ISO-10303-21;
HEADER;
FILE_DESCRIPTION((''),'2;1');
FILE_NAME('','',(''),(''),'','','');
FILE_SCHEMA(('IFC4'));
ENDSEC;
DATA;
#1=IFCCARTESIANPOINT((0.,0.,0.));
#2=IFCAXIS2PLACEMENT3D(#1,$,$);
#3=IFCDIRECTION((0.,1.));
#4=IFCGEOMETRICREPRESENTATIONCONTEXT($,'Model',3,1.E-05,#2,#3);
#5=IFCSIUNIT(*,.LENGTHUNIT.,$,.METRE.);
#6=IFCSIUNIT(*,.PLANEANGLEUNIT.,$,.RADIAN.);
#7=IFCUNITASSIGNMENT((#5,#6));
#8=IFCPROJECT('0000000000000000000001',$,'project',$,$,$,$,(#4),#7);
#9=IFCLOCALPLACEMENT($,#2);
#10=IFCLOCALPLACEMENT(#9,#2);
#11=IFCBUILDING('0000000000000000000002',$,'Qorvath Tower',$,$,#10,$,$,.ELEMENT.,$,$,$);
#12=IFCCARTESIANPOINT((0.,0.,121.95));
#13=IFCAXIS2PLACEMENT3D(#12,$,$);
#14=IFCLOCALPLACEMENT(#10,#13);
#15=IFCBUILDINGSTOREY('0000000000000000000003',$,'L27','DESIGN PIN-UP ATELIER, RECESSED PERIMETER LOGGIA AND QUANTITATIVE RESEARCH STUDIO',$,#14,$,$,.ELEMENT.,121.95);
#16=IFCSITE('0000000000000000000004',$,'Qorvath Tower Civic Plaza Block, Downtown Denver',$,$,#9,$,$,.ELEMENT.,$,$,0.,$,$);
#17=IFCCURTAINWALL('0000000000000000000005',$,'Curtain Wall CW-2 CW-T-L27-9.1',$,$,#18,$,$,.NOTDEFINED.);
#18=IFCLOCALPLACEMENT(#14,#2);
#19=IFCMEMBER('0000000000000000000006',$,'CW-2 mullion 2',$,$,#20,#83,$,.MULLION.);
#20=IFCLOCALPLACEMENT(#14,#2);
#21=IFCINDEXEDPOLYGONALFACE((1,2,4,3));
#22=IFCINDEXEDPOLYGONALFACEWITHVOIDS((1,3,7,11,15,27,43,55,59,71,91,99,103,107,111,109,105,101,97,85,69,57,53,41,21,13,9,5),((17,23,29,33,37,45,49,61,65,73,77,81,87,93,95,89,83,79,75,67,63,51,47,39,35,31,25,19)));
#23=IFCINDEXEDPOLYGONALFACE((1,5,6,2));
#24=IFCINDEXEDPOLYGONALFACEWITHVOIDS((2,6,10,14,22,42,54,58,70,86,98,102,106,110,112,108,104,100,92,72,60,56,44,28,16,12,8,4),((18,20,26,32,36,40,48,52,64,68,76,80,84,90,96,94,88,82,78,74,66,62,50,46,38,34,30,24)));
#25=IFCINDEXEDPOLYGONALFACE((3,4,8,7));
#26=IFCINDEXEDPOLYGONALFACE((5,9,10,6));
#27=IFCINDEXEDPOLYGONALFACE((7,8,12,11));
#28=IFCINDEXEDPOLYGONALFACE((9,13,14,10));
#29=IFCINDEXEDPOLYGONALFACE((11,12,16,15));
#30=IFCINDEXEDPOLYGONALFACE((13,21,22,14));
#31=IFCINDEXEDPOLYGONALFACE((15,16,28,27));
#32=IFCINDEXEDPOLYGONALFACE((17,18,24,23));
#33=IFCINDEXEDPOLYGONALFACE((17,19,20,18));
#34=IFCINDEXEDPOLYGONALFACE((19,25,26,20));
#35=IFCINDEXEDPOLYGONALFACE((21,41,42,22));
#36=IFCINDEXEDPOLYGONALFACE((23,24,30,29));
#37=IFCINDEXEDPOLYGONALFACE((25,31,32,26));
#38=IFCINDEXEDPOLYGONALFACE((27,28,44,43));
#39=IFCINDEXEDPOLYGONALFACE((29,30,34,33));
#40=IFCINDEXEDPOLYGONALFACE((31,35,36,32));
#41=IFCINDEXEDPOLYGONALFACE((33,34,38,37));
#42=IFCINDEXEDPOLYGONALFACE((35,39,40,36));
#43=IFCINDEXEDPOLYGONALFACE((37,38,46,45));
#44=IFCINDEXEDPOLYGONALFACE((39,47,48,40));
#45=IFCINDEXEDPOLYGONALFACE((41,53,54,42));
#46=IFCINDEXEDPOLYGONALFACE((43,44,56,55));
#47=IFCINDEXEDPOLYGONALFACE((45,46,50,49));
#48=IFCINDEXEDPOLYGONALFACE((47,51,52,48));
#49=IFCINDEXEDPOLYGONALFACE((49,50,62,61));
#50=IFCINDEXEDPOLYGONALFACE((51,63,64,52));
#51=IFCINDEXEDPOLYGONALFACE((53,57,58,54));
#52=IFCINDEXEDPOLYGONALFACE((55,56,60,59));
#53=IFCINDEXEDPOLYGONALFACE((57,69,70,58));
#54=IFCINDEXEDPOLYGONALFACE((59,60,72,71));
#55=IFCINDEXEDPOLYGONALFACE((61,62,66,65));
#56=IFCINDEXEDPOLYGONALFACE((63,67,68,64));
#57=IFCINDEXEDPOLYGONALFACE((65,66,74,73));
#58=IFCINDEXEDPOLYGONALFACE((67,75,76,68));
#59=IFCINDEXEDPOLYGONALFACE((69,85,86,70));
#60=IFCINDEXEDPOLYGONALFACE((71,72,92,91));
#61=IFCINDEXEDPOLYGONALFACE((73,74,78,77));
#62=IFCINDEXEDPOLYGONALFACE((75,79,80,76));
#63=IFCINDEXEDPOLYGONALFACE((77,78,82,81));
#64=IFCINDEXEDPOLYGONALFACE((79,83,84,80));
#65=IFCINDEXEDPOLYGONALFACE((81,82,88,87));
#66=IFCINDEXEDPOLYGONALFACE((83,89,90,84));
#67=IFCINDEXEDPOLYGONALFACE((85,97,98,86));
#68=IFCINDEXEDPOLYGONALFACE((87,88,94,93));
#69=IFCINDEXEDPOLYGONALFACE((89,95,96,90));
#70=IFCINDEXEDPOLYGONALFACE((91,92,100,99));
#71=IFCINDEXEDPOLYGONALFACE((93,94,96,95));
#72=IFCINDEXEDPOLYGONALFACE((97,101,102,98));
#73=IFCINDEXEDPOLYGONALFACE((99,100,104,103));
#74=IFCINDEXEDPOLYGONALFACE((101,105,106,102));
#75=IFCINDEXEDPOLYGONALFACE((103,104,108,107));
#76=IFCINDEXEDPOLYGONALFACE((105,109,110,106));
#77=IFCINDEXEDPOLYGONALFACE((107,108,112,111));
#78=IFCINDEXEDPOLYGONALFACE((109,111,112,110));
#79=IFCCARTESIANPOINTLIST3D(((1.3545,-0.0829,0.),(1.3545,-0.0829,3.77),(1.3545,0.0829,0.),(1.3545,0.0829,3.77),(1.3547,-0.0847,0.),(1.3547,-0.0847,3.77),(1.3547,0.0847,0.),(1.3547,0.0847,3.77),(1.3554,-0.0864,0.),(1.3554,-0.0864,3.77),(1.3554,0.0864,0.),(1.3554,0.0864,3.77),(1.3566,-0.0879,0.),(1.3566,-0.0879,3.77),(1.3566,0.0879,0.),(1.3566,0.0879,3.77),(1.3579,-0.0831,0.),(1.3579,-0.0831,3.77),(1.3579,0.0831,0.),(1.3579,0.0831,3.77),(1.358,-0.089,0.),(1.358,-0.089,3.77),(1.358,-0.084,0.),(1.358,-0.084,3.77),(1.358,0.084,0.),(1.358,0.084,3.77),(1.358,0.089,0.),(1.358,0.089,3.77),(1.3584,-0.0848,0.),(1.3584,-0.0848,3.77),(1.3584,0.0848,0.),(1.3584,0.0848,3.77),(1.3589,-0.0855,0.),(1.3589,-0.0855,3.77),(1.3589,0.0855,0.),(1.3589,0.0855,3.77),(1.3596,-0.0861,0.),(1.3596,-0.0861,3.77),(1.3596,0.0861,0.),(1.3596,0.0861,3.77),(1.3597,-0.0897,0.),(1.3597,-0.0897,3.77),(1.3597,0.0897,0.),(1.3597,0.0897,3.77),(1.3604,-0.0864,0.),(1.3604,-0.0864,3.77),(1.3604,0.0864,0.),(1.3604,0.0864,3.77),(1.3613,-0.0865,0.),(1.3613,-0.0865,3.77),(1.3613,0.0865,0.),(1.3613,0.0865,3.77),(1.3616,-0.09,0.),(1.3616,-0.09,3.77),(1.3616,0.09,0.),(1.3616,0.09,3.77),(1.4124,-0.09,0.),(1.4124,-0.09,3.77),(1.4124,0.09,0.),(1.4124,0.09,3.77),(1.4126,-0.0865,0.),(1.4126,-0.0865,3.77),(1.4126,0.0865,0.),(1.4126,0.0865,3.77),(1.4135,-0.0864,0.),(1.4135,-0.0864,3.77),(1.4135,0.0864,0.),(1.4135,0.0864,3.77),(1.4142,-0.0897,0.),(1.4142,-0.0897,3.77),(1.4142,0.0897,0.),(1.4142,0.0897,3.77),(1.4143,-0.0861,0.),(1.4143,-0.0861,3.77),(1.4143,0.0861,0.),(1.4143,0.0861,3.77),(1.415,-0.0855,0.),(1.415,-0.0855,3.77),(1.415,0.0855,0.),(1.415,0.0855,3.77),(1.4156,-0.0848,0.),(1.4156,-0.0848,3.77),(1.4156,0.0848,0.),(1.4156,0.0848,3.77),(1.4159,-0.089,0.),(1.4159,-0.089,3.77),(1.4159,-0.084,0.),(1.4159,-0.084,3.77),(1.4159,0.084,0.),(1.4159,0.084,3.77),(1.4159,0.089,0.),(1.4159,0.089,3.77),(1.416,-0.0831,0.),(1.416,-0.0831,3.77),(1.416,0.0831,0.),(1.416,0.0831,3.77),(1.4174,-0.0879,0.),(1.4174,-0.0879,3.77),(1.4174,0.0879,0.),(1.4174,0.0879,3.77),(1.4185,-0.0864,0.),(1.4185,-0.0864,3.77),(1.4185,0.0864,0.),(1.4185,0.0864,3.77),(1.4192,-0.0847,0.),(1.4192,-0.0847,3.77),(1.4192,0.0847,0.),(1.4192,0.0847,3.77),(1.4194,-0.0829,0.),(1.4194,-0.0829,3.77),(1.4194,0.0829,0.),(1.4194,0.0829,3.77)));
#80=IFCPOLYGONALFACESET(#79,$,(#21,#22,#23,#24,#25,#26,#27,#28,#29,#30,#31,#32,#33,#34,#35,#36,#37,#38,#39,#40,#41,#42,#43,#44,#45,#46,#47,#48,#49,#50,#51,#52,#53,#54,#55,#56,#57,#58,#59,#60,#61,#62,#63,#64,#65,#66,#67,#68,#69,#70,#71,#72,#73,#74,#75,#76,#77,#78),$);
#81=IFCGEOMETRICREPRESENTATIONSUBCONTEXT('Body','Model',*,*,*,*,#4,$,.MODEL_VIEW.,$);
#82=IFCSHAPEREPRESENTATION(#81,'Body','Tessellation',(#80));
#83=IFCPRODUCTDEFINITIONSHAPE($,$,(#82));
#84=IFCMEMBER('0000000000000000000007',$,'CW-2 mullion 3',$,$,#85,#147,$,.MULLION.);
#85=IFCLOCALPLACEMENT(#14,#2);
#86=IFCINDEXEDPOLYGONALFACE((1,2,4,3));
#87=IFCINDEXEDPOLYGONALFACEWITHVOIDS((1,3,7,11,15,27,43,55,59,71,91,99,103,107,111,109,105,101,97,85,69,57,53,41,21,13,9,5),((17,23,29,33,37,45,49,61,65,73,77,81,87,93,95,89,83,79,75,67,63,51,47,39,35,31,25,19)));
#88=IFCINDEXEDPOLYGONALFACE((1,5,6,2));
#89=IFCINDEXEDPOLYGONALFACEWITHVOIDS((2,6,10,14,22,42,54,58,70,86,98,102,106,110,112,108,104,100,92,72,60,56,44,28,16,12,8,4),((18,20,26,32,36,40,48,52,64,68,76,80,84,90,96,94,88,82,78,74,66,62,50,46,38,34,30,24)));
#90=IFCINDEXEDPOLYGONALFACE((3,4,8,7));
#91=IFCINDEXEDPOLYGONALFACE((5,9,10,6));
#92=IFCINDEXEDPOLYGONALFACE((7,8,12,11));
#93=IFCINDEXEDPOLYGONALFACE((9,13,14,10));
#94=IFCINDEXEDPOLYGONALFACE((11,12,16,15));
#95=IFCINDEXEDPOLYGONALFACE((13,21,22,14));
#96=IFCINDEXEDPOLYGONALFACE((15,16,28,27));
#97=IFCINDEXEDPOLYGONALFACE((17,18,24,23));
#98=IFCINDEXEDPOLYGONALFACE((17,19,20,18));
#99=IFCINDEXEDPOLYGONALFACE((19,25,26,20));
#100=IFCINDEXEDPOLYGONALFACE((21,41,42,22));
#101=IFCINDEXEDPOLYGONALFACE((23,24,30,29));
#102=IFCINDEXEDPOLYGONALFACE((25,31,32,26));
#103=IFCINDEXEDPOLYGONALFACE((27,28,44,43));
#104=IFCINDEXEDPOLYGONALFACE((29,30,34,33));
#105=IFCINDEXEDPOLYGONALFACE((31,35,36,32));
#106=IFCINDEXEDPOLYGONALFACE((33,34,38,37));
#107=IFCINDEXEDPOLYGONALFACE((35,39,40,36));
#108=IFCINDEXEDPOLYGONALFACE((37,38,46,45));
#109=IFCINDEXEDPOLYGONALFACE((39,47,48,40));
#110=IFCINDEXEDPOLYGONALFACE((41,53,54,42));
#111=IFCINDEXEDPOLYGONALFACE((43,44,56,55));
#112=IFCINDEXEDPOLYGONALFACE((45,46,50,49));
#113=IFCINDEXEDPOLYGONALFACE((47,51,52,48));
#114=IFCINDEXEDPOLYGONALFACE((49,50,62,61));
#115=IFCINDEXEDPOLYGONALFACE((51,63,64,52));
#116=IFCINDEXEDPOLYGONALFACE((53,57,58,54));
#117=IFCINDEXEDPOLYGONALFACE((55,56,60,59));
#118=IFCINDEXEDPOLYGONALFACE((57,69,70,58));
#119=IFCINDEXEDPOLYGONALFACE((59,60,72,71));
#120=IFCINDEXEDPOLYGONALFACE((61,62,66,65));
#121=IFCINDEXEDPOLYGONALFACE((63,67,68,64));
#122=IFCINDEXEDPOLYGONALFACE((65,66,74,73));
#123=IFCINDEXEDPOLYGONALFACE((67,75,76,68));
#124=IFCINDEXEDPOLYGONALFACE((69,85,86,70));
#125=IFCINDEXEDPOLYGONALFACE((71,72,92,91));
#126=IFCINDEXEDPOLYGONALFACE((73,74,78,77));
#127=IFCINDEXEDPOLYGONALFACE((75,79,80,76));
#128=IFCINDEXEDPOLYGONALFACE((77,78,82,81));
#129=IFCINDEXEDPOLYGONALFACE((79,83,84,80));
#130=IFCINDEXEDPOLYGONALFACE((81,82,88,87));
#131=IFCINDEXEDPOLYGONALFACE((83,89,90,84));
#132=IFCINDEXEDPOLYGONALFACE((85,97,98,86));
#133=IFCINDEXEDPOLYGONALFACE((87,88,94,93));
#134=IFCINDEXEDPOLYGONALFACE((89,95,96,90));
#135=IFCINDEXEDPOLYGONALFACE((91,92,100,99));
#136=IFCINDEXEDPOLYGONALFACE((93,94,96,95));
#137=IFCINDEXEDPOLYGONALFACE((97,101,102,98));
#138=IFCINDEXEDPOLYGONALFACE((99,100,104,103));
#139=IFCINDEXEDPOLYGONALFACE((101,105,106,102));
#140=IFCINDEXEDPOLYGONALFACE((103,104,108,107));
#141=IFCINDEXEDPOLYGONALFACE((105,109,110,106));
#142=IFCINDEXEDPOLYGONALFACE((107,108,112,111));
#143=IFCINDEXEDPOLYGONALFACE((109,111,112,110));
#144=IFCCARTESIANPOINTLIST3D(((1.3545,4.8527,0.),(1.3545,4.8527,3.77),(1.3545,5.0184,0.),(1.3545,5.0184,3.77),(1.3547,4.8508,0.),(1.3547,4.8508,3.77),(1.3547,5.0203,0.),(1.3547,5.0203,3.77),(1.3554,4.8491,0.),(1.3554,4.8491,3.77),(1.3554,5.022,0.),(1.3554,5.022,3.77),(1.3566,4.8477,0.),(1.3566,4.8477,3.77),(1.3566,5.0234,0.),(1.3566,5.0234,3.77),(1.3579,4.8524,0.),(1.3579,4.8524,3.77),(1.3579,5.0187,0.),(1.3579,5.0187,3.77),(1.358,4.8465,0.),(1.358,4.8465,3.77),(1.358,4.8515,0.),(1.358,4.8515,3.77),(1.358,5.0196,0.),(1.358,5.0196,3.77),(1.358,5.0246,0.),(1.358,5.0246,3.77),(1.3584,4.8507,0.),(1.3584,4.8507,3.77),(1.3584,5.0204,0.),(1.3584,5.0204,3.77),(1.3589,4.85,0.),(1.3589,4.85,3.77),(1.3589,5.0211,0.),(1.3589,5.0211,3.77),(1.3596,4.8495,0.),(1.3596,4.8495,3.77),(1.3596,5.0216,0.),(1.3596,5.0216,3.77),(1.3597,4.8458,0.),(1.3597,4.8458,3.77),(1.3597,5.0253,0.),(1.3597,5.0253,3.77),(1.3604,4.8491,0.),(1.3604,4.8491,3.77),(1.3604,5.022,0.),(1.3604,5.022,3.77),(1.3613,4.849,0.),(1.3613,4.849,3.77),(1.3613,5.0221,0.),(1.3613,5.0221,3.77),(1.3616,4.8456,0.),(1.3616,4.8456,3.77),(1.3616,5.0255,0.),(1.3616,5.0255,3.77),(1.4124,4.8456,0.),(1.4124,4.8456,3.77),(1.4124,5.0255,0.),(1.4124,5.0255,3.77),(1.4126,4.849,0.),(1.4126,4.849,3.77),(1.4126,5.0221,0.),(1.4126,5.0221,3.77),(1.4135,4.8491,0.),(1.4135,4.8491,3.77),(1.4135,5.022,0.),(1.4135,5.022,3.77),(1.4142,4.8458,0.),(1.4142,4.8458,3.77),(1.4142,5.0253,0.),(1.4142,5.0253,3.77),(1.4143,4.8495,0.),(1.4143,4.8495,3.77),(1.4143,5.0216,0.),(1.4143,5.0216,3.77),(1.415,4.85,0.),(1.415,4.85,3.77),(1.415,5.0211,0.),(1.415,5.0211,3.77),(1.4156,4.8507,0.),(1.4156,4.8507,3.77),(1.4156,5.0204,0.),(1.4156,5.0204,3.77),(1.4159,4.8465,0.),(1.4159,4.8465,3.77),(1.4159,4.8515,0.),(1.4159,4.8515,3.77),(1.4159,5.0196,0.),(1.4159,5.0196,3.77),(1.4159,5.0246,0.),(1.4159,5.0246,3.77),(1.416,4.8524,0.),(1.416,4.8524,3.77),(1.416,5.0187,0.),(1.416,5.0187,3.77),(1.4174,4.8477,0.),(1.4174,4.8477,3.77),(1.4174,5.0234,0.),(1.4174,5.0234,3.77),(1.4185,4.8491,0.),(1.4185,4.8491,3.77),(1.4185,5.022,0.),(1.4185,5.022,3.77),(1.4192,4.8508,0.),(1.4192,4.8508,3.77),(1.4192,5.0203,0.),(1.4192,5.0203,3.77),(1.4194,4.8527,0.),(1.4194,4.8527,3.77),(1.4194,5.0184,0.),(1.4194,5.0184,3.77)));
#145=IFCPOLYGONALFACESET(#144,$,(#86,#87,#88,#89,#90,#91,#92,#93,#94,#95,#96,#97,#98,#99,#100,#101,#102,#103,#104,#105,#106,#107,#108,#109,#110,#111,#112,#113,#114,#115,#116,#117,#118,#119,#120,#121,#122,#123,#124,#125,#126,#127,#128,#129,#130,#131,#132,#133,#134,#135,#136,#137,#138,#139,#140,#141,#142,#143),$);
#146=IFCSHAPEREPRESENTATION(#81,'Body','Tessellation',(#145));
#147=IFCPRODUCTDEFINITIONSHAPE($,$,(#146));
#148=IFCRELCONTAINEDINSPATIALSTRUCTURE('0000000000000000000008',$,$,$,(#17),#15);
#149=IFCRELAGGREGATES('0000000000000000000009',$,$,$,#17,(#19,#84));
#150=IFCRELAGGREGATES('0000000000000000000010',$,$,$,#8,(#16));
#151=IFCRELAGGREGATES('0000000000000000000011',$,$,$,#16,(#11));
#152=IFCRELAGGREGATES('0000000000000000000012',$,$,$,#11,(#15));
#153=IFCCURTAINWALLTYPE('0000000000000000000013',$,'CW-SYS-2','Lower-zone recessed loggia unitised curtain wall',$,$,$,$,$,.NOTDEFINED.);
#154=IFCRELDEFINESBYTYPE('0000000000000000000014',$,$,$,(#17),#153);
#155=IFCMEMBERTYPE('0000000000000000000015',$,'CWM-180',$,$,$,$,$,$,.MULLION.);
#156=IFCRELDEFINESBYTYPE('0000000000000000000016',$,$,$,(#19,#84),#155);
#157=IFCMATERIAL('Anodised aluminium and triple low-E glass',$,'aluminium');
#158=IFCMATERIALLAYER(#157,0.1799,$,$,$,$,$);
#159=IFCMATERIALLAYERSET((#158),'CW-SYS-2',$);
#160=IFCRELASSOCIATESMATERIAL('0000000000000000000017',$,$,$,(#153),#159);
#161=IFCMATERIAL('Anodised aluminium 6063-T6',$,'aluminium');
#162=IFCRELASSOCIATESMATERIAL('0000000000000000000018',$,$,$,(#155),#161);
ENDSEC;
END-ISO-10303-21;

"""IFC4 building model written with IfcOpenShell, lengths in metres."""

from ifc_helpers import new_model, si_unit, direction, frame, origin, origin_2d, place, context, subcontext, project, spatial, hollow_rectangle, extrude, material, layer, layer_set, material_profile, profile_set, type_object, element, aggregate, save


model = new_model("IFC4")

# Units and contexts
model_context = context("Model", 3, precision=1e-05, world=origin(), true_north=direction((0.0, 1.0)))
body_context = subcontext(model_context, "Body", "Model", "MODEL_VIEW")
ifc_project = project(units=[si_unit("LENGTHUNIT", "METRE"), si_unit("PLANEANGLEUNIT", "RADIAN")], contexts=[model_context])

# Site, building, storey
site_placement = place(None, origin())
site = spatial("IfcSite", under=ifc_project, at=site_placement, Name="Qorvath Tower Civic Plaza Block, Downtown Denver", CompositionType="ELEMENT", RefElevation=0.0)
building_placement = place(site_placement, origin())
building = spatial("IfcBuilding", under=site, at=building_placement, Name="Qorvath Tower", CompositionType="ELEMENT")
storey_placement = place(building_placement, frame((0.0, 0.0, 121.95)))
storey = spatial("IfcBuildingStorey", under=building, at=storey_placement, Name="L27", Description="DESIGN PIN-UP ATELIER, RECESSED PERIMETER LOGGIA AND QUANTITATIVE RESEARCH STUDIO", CompositionType="ELEMENT", Elevation=121.95)

# Curtain wall, members
ifc_material_1 = material(Name="Anodised aluminium and triple low-E glass", Category="aluminium")
ifc_layer_1 = layer(ifc_material_1, 0.1799)
ifc_layer_set_1 = layer_set([ifc_layer_1], Name="CW-SYS-2")
curtain_wall_type = type_object("IfcCurtainWallType", Name="CW-SYS-2", Description="Lower-zone recessed loggia unitised curtain wall", PredefinedType="NOTDEFINED", material=ifc_layer_set_1)
curtain_wall_1_placement = place(storey_placement, origin())
curtain_wall_1 = element("IfcCurtainWall", 1, at=curtain_wall_1_placement, inside=storey, type_object=curtain_wall_type, Name="Curtain Wall CW-2 CW-T-L27-9.1", PredefinedType="NOTDEFINED")
ifc_material_2 = material(Name="Anodised aluminium 6063-T6", Category="aluminium")
ifc_material_profile_1 = material_profile(ifc_material_2, hollow_rectangle(XDim=0.0649, YDim=0.1799, WallThickness=0.0034, InnerFilletRadius=0.0034, OuterFilletRadius=0.0071, at=origin_2d()), Name="CWM 180x65")
ifc_profile_set_1 = profile_set([ifc_material_profile_1], Name="Anodised aluminium 6063-T6")
member_type_1 = type_object("IfcMemberType", Name="CWM-180", PredefinedType="MULLION", material=ifc_profile_set_1)
member_1_placement = place(storey_placement, frame((1.387, 0.0, 0.0), z_axis=(0.0, 0.0, 1.0), x_axis=(-1.0, 0.0, 0.0)))
member_1 = element("IfcMember", 2, at=member_1_placement, type_object=member_type_1, Name="CW-2 mullion 2", PredefinedType="MULLION", context=body_context, shape_type="SweptSolid", body=[
    extrude(hollow_rectangle(XDim=0.0649, YDim=0.1799, WallThickness=0.0034, InnerFilletRadius=0.0034, OuterFilletRadius=0.0071, at=origin_2d()), origin(), (0.0, 0.0, 1.0), 3.77),
])
member_2_placement = place(storey_placement, frame((1.387, 4.9355, 0.0), z_axis=(0.0, 0.0, 1.0), x_axis=(-1.0, 0.0, 0.0)))
member_2 = element("IfcMember", 3, at=member_2_placement, type_object=member_type_1, Name="CW-2 mullion 3", PredefinedType="MULLION", context=body_context, shape_type="SweptSolid", body=[
    extrude(hollow_rectangle(XDim=0.0649, YDim=0.1799, WallThickness=0.0034, InnerFilletRadius=0.0034, OuterFilletRadius=0.0071, at=origin_2d()), origin(), (0.0, 0.0, 1.0), 3.77),
])

aggregate(curtain_wall_1, [member_1, member_2])

save(model, "model.ifc")
